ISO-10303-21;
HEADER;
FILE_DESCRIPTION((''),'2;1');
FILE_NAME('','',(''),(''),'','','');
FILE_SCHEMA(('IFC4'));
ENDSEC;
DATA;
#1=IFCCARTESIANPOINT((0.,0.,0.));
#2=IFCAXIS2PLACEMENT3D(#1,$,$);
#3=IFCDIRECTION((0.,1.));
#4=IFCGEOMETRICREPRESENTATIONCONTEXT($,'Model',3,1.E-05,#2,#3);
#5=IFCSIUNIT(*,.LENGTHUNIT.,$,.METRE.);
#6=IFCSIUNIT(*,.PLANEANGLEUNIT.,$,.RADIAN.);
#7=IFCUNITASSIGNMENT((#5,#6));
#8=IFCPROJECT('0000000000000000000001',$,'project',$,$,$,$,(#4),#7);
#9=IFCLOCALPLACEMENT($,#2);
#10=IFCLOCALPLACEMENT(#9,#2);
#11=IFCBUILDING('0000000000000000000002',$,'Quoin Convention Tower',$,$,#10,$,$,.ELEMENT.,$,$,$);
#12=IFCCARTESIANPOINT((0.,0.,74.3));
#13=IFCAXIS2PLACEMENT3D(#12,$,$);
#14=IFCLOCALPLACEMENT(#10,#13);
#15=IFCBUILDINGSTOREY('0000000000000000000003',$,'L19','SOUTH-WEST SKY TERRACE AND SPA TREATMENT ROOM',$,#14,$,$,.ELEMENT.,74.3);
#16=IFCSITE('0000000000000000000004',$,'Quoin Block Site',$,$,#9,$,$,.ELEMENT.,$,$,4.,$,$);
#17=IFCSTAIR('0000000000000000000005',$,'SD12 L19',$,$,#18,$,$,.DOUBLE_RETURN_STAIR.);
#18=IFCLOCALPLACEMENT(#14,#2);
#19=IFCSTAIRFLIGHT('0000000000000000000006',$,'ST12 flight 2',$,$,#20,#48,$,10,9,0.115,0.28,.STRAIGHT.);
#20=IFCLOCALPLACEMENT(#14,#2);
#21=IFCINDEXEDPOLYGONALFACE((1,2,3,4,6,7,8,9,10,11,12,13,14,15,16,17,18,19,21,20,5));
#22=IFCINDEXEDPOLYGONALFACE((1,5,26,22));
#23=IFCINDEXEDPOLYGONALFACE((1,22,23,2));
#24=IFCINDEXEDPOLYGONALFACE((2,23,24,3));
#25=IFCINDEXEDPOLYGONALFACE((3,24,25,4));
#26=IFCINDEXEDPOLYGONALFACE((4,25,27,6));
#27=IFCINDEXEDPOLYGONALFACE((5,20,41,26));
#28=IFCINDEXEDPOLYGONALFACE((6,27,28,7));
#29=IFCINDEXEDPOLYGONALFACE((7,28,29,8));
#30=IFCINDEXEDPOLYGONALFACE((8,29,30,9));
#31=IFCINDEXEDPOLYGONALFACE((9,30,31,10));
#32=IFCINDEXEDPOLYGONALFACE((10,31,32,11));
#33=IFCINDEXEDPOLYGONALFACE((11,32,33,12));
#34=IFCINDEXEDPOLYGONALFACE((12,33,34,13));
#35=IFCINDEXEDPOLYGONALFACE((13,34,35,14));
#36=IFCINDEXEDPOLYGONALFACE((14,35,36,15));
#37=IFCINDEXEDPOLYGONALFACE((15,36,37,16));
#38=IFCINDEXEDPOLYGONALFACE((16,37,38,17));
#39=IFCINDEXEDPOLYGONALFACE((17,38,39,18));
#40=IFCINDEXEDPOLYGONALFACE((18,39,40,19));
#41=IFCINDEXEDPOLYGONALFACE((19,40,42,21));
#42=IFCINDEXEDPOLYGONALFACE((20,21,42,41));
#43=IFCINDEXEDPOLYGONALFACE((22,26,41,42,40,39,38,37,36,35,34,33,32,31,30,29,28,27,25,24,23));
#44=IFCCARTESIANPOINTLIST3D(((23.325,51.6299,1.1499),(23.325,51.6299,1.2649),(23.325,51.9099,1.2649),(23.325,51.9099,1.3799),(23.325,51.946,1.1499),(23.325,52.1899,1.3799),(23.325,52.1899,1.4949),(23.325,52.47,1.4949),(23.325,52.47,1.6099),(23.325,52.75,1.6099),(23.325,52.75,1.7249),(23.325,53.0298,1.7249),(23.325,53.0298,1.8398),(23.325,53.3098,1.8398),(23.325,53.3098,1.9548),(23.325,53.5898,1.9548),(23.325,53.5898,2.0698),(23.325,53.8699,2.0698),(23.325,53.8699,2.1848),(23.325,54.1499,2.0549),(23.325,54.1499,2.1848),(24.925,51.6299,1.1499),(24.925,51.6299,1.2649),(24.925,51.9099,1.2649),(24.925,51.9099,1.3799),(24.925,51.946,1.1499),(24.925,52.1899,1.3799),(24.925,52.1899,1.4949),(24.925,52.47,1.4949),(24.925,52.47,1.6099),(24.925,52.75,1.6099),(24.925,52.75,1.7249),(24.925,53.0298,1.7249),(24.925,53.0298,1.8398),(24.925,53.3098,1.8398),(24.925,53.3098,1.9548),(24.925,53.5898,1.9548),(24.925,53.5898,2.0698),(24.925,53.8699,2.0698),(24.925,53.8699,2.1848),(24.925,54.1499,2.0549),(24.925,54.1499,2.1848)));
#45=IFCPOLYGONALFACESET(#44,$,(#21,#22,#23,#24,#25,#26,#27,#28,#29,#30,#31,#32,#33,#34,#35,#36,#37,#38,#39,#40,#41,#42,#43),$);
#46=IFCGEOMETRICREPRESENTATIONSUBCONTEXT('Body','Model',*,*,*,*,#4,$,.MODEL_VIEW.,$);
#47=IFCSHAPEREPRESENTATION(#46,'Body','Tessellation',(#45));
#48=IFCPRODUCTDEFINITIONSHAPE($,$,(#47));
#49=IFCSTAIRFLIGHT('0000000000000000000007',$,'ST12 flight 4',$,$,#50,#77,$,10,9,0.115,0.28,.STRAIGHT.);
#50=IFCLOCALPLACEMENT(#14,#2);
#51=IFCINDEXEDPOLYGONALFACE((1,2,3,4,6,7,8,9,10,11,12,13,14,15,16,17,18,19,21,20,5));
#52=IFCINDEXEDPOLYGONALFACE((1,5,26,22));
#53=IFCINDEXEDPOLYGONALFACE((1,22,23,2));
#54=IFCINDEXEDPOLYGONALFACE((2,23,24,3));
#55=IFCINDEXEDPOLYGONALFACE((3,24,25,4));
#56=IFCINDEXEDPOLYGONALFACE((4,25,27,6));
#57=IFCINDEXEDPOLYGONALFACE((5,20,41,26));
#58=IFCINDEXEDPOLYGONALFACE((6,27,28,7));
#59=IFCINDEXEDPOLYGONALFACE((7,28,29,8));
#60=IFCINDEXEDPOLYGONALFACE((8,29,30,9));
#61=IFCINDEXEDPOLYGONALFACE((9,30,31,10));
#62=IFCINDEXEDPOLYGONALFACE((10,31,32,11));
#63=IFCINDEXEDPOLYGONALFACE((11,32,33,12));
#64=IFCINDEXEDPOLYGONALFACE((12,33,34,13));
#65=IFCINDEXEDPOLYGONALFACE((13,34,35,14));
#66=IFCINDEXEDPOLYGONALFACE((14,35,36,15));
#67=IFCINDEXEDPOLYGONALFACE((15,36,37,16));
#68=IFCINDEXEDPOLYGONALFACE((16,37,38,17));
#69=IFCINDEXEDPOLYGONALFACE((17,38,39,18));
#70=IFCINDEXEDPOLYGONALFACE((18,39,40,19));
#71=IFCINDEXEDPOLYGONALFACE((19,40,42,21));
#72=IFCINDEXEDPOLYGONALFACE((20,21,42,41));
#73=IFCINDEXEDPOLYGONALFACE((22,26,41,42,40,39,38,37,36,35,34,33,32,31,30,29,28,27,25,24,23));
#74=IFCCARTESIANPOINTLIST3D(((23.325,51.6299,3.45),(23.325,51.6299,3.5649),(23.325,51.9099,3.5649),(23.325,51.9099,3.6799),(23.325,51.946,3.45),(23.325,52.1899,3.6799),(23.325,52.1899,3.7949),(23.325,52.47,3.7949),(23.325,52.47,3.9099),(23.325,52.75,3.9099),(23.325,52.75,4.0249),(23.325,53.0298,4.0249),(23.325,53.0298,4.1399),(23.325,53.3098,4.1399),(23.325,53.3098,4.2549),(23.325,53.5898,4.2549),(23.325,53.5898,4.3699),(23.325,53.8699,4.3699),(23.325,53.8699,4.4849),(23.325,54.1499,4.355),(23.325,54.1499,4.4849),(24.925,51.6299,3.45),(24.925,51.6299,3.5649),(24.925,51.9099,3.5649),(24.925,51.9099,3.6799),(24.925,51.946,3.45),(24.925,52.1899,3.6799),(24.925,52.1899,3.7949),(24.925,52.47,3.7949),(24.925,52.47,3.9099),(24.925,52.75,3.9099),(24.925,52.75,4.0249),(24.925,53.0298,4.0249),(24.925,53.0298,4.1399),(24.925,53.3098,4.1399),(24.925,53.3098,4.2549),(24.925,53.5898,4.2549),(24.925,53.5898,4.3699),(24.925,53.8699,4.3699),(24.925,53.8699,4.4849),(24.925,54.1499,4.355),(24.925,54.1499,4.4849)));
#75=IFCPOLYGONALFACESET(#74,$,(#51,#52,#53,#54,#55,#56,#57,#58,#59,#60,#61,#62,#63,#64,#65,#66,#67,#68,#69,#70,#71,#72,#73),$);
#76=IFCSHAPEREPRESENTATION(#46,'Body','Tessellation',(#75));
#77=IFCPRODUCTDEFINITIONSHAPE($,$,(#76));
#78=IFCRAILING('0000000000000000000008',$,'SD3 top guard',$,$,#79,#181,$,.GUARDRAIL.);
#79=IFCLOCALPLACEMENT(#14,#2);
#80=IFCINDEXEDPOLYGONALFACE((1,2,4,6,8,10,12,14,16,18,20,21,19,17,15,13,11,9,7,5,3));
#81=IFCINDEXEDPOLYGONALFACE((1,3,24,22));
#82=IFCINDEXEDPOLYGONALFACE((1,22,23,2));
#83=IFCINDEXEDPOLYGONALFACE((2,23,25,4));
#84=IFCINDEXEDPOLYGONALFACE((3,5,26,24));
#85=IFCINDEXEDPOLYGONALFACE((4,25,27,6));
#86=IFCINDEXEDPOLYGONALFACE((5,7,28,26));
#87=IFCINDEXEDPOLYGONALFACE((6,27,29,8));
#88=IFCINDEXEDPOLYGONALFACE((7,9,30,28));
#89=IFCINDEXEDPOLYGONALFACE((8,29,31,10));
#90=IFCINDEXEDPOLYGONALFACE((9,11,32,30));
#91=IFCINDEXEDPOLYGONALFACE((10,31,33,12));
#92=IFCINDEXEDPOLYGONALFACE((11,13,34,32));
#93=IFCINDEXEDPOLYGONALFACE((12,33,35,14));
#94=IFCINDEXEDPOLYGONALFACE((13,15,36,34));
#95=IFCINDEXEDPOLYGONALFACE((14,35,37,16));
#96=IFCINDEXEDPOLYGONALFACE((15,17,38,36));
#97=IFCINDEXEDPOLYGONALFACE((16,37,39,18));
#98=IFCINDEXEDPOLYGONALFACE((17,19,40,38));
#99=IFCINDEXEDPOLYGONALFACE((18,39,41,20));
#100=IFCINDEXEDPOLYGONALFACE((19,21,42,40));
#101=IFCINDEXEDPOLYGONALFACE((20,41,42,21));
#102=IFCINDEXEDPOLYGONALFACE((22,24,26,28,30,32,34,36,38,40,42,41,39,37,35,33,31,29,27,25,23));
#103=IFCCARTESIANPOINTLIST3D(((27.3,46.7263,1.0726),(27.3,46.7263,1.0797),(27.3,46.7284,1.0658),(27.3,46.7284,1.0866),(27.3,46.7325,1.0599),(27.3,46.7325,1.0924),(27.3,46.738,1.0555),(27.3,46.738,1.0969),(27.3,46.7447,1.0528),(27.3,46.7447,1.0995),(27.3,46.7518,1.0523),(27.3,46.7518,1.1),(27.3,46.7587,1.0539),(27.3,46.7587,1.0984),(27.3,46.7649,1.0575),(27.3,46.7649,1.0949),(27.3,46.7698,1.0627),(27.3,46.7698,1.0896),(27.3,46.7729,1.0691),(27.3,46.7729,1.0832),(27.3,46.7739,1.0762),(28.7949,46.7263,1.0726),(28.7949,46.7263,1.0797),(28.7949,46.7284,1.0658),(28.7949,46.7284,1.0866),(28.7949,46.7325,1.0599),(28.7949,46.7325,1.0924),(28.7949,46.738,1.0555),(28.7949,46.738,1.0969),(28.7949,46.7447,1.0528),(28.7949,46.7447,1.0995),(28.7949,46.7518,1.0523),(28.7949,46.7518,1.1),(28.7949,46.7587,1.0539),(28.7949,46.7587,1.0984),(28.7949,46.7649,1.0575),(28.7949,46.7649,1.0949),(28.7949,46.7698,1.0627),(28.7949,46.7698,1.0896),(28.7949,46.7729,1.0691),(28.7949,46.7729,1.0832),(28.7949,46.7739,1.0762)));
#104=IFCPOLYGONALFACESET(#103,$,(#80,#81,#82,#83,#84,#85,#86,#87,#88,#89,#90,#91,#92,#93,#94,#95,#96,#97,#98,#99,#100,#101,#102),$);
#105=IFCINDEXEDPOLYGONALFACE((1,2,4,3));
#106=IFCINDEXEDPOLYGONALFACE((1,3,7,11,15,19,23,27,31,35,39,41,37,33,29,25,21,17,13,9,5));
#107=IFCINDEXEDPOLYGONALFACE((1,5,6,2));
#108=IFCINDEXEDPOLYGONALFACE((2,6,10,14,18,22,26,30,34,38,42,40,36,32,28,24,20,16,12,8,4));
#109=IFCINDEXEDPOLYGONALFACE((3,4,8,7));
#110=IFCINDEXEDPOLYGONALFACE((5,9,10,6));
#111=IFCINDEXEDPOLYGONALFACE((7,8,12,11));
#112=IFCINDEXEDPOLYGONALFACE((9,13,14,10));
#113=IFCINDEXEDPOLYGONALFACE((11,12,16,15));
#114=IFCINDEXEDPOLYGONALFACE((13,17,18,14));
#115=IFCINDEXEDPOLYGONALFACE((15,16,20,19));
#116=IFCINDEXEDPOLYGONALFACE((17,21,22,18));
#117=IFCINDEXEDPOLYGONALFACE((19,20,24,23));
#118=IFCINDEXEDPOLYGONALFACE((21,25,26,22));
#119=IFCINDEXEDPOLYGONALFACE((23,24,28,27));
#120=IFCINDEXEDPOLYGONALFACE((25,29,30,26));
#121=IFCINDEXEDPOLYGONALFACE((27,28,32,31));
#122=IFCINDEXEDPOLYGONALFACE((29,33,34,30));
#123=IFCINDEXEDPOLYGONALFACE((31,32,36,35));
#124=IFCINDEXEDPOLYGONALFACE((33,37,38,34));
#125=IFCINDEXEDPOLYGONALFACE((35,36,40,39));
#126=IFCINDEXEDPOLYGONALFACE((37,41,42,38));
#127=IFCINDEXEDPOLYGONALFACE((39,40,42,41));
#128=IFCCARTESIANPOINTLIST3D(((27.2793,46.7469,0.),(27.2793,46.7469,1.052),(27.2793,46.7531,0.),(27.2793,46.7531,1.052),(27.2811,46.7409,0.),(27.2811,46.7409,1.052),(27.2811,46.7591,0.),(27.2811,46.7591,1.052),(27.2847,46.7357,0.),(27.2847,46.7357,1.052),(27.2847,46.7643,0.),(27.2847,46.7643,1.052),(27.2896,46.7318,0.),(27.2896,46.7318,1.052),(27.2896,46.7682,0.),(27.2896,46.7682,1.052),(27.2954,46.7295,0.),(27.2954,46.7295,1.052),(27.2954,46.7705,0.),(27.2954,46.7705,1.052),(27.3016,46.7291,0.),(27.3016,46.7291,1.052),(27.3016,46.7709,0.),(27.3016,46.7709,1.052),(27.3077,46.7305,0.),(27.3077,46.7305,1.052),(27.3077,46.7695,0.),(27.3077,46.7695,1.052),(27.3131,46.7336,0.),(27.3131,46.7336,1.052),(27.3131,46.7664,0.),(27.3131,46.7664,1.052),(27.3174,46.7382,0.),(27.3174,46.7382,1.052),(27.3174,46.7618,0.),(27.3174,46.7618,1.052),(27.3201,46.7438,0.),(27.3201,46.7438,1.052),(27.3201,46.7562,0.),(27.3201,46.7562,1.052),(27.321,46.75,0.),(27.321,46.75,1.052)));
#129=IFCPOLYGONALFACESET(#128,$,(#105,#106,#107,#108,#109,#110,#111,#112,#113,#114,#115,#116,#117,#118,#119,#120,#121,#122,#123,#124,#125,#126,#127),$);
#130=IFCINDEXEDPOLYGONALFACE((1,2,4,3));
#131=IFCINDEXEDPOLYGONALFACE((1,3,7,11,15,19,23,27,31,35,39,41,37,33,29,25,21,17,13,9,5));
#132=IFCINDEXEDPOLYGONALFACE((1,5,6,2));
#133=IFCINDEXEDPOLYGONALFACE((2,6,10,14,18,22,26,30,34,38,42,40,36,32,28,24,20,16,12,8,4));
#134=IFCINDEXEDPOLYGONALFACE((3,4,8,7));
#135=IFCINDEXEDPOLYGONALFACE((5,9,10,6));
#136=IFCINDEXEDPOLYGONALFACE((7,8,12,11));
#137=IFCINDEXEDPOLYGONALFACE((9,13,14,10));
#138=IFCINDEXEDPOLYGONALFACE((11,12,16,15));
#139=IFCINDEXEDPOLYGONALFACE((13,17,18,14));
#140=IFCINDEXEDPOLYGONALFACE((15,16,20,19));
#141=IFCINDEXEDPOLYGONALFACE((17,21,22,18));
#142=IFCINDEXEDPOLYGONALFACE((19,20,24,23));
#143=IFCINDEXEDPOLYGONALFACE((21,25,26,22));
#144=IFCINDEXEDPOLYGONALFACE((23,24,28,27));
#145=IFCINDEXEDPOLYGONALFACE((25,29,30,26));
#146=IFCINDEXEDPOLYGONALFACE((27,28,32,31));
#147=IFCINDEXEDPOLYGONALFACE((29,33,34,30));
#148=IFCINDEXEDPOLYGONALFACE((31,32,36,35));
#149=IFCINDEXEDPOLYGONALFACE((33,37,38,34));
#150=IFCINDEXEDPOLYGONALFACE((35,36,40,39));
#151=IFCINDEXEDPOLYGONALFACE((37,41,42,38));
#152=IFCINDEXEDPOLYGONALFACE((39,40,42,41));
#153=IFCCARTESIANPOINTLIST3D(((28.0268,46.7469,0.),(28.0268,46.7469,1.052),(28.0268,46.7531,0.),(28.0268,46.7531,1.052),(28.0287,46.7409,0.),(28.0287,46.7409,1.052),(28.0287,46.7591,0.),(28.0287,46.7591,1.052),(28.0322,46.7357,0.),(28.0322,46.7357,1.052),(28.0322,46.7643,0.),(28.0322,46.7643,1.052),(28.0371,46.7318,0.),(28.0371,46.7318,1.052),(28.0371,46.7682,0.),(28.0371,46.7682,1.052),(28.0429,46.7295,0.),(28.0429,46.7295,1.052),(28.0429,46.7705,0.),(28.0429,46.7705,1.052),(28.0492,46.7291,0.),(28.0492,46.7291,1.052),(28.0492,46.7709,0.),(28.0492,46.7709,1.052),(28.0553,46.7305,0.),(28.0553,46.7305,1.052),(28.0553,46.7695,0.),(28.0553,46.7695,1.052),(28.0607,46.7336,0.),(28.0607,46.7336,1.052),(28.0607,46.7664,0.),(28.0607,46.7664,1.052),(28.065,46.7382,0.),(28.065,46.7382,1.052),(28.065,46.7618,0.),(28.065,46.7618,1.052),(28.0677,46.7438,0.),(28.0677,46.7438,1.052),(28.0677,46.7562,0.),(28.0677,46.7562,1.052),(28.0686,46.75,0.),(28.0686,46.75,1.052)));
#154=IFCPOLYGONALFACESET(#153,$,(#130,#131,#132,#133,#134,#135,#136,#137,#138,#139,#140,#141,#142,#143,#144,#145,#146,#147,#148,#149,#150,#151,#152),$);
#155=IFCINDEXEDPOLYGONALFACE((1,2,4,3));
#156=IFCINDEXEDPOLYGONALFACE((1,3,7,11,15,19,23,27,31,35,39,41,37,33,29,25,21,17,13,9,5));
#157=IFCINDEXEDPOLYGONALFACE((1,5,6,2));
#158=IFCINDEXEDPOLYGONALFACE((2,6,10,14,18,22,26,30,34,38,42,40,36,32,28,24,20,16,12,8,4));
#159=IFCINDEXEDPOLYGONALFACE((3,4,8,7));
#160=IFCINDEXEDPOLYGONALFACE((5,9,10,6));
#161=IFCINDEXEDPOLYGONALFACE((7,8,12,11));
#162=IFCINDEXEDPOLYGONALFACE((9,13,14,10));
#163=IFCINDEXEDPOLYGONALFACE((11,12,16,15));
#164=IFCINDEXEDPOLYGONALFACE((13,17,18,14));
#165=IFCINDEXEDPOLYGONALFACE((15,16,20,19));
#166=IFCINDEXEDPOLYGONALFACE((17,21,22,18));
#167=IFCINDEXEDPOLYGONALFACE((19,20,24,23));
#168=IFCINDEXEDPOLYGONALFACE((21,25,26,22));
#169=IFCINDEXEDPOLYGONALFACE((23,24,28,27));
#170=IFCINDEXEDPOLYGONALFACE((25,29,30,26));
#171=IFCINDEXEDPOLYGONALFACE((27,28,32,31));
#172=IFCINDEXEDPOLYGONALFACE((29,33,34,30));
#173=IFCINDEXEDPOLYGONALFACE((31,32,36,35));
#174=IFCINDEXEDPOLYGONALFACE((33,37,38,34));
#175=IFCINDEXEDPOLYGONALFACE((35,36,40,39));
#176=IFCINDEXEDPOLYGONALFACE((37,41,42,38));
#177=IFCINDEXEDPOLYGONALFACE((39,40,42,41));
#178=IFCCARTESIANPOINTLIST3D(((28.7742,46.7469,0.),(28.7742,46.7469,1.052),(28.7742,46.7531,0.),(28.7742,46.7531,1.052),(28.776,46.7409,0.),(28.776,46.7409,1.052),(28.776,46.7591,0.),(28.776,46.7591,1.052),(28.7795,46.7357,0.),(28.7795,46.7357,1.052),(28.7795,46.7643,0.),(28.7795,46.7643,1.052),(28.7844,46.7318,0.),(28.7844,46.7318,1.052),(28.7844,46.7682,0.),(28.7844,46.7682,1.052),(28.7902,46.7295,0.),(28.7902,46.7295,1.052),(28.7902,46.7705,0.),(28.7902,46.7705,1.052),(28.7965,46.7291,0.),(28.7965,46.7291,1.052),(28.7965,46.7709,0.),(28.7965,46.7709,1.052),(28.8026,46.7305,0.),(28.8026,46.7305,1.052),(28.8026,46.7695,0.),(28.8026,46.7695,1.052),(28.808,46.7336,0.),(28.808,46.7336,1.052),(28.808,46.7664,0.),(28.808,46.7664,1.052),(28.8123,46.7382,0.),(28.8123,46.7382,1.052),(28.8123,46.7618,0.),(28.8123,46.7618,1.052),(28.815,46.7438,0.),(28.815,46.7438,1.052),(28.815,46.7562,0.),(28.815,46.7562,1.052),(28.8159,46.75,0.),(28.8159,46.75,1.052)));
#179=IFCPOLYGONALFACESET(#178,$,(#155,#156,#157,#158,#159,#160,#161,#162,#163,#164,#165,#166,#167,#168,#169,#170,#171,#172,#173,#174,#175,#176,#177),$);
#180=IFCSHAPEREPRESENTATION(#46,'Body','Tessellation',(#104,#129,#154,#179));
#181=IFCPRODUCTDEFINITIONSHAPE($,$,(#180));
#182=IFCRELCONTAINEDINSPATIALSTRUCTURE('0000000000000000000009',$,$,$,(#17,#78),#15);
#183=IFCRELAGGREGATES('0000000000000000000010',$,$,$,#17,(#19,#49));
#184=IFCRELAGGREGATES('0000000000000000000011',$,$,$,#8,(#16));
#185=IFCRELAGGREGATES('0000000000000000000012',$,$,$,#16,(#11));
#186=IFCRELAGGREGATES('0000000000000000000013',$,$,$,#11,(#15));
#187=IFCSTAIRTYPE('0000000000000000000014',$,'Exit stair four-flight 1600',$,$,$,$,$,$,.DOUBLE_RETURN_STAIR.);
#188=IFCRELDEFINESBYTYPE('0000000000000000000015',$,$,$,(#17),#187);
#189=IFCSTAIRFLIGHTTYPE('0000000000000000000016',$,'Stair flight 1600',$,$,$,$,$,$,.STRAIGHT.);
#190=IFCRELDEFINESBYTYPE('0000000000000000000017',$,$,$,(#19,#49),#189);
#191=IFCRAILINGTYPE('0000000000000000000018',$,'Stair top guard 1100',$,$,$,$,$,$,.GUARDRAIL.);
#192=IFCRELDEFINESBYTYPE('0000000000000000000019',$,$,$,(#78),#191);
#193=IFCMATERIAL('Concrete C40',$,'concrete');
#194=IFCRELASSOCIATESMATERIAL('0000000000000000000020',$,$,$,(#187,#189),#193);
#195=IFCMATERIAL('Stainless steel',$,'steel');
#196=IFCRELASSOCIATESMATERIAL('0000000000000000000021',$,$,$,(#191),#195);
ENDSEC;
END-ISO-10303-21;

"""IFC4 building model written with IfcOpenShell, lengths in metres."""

from ifc_helpers import new_model, si_unit, direction, frame, origin, origin_2d, place, context, subcontext, project, spatial, polyline, circle, outline, extrude, material, type_object, element, aggregate, save


model = new_model("IFC4")

# Units and contexts
model_context = context("Model", 3, precision=1e-05, world=origin(), true_north=direction((0.0, 1.0)))
body_context = subcontext(model_context, "Body", "Model", "MODEL_VIEW")
ifc_project = project(units=[si_unit("LENGTHUNIT", "METRE"), si_unit("PLANEANGLEUNIT", "RADIAN")], contexts=[model_context])

# Site, building, storey
site_placement = place(None, origin())
site = spatial("IfcSite", under=ifc_project, at=site_placement, Name="Quoin Block Site", CompositionType="ELEMENT", RefElevation=4.0)
building_placement = place(site_placement, origin())
building = spatial("IfcBuilding", under=site, at=building_placement, Name="Quoin Convention Tower", CompositionType="ELEMENT")
storey_placement = place(building_placement, frame((0.0, 0.0, 74.3)))
storey = spatial("IfcBuildingStorey", under=building, at=storey_placement, Name="L19", Description="SOUTH-WEST SKY TERRACE AND SPA TREATMENT ROOM", CompositionType="ELEMENT", Elevation=74.3)

# Shared definitions
ifc_material_1 = material(Name="Concrete C40", Category="concrete")

# Stair, stair flights
stair_type_1 = type_object("IfcStairType", Name="Exit stair four-flight 1600", PredefinedType="DOUBLE_RETURN_STAIR", material=ifc_material_1)
stair_flight_type_1 = type_object("IfcStairFlightType", Name="Stair flight 1600", PredefinedType="STRAIGHT", material=ifc_material_1)
stair_1_placement = place(storey_placement, origin())
stair_1 = element("IfcStair", 1, at=stair_1_placement, inside=storey, type_object=stair_type_1, Name="SD12 L19", PredefinedType="DOUBLE_RETURN_STAIR")
stair_flight_1_placement = place(storey_placement, frame((24.125, 51.6299, 1.1499), z_axis=(0.0, 0.0, 1.0), x_axis=(0.0, 1.0, 0.0)))
stair_flight_1 = element("IfcStairFlight", 2, at=stair_flight_1_placement, type_object=stair_flight_type_1, Name="ST12 flight 2", NumberOfRisers=10, NumberOfTreads=9, PredefinedType="STRAIGHT", RiserHeight=0.115, TreadLength=0.28, context=body_context, shape_type="SweptSolid", body=[
    extrude(outline(polyline([(0.0, 0.0), (0.0, 0.115), (0.28, 0.115), (0.28, 0.23), (0.5601, 0.23), (0.5601, 0.345), (0.8401, 0.345), (0.8401, 0.46), (1.1201, 0.46), (1.1201, 0.575), (1.3999, 0.575), (1.3999, 0.6899), (1.6799, 0.6899), (1.6799, 0.8049), (1.96, 0.8049), (1.96, 0.9199), (2.24, 0.9199), (2.24, 1.0349), (2.52, 1.0349), (2.52, 1.1499), (2.52, 0.905), (0.3162, 0.0), (0.0, 0.0)])), frame((0.0, 0.8, 0.0), z_axis=(0.0, -1.0, 0.0), x_axis=(1.0, 0.0, 0.0)), (0.0, 0.0, 1.0), 1.6001),
])
stair_flight_2_placement = place(storey_placement, frame((24.125, 51.6299, 3.45), z_axis=(0.0, 0.0, 1.0), x_axis=(0.0, 1.0, 0.0)))
stair_flight_2 = element("IfcStairFlight", 3, at=stair_flight_2_placement, type_object=stair_flight_type_1, Name="ST12 flight 4", NumberOfRisers=10, NumberOfTreads=9, PredefinedType="STRAIGHT", RiserHeight=0.115, TreadLength=0.28, context=body_context, shape_type="SweptSolid", body=[
    extrude(outline(polyline([(0.0, 0.0), (0.0, 0.115), (0.28, 0.115), (0.28, 0.23), (0.5601, 0.23), (0.5601, 0.345), (0.8401, 0.345), (0.8401, 0.46), (1.1201, 0.46), (1.1201, 0.575), (1.3999, 0.575), (1.3999, 0.6899), (1.6799, 0.6899), (1.6799, 0.8049), (1.96, 0.8049), (1.96, 0.9199), (2.24, 0.9199), (2.24, 1.0349), (2.52, 1.0349), (2.52, 1.1499), (2.52, 0.905), (0.3162, 0.0), (0.0, 0.0)])), frame((0.0, 0.8, 0.0), z_axis=(0.0, -1.0, 0.0), x_axis=(1.0, 0.0, 0.0)), (0.0, 0.0, 1.0), 1.6001),
])
aggregate(stair_1, [stair_flight_1, stair_flight_2])

# Railing
ifc_material_2 = material(Name="Stainless steel", Category="steel")
railing_type = type_object("IfcRailingType", Name="Stair top guard 1100", PredefinedType="GUARDRAIL", material=ifc_material_2)
railing_placement = place(storey_placement, frame((27.3, 46.75, 0.0)))
element("IfcRailing", 4, at=railing_placement, inside=storey, type_object=railing_type, Name="SD3 top guard", PredefinedType="GUARDRAIL", context=body_context, shape_type="SweptSolid", body=[
    extrude(circle(Radius=0.0239, at=origin_2d()), frame((0.0, 0.0, 1.0762), z_axis=(1.0, 0.0, 0.0), x_axis=(0.0, 1.0, 0.0)), (0.0, 0.0, 1.0), 1.4949),
    extrude(circle(Radius=0.021, at=origin_2d()), origin(), (0.0, 0.0, 1.0), 1.052),
    extrude(circle(Radius=0.021, at=origin_2d()), frame((0.7476, 0.0, 0.0)), (0.0, 0.0, 1.0), 1.052),
    extrude(circle(Radius=0.021, at=origin_2d()), frame((1.4949, 0.0, 0.0)), (0.0, 0.0, 1.0), 1.052),
])

save(model, "model.ifc")
